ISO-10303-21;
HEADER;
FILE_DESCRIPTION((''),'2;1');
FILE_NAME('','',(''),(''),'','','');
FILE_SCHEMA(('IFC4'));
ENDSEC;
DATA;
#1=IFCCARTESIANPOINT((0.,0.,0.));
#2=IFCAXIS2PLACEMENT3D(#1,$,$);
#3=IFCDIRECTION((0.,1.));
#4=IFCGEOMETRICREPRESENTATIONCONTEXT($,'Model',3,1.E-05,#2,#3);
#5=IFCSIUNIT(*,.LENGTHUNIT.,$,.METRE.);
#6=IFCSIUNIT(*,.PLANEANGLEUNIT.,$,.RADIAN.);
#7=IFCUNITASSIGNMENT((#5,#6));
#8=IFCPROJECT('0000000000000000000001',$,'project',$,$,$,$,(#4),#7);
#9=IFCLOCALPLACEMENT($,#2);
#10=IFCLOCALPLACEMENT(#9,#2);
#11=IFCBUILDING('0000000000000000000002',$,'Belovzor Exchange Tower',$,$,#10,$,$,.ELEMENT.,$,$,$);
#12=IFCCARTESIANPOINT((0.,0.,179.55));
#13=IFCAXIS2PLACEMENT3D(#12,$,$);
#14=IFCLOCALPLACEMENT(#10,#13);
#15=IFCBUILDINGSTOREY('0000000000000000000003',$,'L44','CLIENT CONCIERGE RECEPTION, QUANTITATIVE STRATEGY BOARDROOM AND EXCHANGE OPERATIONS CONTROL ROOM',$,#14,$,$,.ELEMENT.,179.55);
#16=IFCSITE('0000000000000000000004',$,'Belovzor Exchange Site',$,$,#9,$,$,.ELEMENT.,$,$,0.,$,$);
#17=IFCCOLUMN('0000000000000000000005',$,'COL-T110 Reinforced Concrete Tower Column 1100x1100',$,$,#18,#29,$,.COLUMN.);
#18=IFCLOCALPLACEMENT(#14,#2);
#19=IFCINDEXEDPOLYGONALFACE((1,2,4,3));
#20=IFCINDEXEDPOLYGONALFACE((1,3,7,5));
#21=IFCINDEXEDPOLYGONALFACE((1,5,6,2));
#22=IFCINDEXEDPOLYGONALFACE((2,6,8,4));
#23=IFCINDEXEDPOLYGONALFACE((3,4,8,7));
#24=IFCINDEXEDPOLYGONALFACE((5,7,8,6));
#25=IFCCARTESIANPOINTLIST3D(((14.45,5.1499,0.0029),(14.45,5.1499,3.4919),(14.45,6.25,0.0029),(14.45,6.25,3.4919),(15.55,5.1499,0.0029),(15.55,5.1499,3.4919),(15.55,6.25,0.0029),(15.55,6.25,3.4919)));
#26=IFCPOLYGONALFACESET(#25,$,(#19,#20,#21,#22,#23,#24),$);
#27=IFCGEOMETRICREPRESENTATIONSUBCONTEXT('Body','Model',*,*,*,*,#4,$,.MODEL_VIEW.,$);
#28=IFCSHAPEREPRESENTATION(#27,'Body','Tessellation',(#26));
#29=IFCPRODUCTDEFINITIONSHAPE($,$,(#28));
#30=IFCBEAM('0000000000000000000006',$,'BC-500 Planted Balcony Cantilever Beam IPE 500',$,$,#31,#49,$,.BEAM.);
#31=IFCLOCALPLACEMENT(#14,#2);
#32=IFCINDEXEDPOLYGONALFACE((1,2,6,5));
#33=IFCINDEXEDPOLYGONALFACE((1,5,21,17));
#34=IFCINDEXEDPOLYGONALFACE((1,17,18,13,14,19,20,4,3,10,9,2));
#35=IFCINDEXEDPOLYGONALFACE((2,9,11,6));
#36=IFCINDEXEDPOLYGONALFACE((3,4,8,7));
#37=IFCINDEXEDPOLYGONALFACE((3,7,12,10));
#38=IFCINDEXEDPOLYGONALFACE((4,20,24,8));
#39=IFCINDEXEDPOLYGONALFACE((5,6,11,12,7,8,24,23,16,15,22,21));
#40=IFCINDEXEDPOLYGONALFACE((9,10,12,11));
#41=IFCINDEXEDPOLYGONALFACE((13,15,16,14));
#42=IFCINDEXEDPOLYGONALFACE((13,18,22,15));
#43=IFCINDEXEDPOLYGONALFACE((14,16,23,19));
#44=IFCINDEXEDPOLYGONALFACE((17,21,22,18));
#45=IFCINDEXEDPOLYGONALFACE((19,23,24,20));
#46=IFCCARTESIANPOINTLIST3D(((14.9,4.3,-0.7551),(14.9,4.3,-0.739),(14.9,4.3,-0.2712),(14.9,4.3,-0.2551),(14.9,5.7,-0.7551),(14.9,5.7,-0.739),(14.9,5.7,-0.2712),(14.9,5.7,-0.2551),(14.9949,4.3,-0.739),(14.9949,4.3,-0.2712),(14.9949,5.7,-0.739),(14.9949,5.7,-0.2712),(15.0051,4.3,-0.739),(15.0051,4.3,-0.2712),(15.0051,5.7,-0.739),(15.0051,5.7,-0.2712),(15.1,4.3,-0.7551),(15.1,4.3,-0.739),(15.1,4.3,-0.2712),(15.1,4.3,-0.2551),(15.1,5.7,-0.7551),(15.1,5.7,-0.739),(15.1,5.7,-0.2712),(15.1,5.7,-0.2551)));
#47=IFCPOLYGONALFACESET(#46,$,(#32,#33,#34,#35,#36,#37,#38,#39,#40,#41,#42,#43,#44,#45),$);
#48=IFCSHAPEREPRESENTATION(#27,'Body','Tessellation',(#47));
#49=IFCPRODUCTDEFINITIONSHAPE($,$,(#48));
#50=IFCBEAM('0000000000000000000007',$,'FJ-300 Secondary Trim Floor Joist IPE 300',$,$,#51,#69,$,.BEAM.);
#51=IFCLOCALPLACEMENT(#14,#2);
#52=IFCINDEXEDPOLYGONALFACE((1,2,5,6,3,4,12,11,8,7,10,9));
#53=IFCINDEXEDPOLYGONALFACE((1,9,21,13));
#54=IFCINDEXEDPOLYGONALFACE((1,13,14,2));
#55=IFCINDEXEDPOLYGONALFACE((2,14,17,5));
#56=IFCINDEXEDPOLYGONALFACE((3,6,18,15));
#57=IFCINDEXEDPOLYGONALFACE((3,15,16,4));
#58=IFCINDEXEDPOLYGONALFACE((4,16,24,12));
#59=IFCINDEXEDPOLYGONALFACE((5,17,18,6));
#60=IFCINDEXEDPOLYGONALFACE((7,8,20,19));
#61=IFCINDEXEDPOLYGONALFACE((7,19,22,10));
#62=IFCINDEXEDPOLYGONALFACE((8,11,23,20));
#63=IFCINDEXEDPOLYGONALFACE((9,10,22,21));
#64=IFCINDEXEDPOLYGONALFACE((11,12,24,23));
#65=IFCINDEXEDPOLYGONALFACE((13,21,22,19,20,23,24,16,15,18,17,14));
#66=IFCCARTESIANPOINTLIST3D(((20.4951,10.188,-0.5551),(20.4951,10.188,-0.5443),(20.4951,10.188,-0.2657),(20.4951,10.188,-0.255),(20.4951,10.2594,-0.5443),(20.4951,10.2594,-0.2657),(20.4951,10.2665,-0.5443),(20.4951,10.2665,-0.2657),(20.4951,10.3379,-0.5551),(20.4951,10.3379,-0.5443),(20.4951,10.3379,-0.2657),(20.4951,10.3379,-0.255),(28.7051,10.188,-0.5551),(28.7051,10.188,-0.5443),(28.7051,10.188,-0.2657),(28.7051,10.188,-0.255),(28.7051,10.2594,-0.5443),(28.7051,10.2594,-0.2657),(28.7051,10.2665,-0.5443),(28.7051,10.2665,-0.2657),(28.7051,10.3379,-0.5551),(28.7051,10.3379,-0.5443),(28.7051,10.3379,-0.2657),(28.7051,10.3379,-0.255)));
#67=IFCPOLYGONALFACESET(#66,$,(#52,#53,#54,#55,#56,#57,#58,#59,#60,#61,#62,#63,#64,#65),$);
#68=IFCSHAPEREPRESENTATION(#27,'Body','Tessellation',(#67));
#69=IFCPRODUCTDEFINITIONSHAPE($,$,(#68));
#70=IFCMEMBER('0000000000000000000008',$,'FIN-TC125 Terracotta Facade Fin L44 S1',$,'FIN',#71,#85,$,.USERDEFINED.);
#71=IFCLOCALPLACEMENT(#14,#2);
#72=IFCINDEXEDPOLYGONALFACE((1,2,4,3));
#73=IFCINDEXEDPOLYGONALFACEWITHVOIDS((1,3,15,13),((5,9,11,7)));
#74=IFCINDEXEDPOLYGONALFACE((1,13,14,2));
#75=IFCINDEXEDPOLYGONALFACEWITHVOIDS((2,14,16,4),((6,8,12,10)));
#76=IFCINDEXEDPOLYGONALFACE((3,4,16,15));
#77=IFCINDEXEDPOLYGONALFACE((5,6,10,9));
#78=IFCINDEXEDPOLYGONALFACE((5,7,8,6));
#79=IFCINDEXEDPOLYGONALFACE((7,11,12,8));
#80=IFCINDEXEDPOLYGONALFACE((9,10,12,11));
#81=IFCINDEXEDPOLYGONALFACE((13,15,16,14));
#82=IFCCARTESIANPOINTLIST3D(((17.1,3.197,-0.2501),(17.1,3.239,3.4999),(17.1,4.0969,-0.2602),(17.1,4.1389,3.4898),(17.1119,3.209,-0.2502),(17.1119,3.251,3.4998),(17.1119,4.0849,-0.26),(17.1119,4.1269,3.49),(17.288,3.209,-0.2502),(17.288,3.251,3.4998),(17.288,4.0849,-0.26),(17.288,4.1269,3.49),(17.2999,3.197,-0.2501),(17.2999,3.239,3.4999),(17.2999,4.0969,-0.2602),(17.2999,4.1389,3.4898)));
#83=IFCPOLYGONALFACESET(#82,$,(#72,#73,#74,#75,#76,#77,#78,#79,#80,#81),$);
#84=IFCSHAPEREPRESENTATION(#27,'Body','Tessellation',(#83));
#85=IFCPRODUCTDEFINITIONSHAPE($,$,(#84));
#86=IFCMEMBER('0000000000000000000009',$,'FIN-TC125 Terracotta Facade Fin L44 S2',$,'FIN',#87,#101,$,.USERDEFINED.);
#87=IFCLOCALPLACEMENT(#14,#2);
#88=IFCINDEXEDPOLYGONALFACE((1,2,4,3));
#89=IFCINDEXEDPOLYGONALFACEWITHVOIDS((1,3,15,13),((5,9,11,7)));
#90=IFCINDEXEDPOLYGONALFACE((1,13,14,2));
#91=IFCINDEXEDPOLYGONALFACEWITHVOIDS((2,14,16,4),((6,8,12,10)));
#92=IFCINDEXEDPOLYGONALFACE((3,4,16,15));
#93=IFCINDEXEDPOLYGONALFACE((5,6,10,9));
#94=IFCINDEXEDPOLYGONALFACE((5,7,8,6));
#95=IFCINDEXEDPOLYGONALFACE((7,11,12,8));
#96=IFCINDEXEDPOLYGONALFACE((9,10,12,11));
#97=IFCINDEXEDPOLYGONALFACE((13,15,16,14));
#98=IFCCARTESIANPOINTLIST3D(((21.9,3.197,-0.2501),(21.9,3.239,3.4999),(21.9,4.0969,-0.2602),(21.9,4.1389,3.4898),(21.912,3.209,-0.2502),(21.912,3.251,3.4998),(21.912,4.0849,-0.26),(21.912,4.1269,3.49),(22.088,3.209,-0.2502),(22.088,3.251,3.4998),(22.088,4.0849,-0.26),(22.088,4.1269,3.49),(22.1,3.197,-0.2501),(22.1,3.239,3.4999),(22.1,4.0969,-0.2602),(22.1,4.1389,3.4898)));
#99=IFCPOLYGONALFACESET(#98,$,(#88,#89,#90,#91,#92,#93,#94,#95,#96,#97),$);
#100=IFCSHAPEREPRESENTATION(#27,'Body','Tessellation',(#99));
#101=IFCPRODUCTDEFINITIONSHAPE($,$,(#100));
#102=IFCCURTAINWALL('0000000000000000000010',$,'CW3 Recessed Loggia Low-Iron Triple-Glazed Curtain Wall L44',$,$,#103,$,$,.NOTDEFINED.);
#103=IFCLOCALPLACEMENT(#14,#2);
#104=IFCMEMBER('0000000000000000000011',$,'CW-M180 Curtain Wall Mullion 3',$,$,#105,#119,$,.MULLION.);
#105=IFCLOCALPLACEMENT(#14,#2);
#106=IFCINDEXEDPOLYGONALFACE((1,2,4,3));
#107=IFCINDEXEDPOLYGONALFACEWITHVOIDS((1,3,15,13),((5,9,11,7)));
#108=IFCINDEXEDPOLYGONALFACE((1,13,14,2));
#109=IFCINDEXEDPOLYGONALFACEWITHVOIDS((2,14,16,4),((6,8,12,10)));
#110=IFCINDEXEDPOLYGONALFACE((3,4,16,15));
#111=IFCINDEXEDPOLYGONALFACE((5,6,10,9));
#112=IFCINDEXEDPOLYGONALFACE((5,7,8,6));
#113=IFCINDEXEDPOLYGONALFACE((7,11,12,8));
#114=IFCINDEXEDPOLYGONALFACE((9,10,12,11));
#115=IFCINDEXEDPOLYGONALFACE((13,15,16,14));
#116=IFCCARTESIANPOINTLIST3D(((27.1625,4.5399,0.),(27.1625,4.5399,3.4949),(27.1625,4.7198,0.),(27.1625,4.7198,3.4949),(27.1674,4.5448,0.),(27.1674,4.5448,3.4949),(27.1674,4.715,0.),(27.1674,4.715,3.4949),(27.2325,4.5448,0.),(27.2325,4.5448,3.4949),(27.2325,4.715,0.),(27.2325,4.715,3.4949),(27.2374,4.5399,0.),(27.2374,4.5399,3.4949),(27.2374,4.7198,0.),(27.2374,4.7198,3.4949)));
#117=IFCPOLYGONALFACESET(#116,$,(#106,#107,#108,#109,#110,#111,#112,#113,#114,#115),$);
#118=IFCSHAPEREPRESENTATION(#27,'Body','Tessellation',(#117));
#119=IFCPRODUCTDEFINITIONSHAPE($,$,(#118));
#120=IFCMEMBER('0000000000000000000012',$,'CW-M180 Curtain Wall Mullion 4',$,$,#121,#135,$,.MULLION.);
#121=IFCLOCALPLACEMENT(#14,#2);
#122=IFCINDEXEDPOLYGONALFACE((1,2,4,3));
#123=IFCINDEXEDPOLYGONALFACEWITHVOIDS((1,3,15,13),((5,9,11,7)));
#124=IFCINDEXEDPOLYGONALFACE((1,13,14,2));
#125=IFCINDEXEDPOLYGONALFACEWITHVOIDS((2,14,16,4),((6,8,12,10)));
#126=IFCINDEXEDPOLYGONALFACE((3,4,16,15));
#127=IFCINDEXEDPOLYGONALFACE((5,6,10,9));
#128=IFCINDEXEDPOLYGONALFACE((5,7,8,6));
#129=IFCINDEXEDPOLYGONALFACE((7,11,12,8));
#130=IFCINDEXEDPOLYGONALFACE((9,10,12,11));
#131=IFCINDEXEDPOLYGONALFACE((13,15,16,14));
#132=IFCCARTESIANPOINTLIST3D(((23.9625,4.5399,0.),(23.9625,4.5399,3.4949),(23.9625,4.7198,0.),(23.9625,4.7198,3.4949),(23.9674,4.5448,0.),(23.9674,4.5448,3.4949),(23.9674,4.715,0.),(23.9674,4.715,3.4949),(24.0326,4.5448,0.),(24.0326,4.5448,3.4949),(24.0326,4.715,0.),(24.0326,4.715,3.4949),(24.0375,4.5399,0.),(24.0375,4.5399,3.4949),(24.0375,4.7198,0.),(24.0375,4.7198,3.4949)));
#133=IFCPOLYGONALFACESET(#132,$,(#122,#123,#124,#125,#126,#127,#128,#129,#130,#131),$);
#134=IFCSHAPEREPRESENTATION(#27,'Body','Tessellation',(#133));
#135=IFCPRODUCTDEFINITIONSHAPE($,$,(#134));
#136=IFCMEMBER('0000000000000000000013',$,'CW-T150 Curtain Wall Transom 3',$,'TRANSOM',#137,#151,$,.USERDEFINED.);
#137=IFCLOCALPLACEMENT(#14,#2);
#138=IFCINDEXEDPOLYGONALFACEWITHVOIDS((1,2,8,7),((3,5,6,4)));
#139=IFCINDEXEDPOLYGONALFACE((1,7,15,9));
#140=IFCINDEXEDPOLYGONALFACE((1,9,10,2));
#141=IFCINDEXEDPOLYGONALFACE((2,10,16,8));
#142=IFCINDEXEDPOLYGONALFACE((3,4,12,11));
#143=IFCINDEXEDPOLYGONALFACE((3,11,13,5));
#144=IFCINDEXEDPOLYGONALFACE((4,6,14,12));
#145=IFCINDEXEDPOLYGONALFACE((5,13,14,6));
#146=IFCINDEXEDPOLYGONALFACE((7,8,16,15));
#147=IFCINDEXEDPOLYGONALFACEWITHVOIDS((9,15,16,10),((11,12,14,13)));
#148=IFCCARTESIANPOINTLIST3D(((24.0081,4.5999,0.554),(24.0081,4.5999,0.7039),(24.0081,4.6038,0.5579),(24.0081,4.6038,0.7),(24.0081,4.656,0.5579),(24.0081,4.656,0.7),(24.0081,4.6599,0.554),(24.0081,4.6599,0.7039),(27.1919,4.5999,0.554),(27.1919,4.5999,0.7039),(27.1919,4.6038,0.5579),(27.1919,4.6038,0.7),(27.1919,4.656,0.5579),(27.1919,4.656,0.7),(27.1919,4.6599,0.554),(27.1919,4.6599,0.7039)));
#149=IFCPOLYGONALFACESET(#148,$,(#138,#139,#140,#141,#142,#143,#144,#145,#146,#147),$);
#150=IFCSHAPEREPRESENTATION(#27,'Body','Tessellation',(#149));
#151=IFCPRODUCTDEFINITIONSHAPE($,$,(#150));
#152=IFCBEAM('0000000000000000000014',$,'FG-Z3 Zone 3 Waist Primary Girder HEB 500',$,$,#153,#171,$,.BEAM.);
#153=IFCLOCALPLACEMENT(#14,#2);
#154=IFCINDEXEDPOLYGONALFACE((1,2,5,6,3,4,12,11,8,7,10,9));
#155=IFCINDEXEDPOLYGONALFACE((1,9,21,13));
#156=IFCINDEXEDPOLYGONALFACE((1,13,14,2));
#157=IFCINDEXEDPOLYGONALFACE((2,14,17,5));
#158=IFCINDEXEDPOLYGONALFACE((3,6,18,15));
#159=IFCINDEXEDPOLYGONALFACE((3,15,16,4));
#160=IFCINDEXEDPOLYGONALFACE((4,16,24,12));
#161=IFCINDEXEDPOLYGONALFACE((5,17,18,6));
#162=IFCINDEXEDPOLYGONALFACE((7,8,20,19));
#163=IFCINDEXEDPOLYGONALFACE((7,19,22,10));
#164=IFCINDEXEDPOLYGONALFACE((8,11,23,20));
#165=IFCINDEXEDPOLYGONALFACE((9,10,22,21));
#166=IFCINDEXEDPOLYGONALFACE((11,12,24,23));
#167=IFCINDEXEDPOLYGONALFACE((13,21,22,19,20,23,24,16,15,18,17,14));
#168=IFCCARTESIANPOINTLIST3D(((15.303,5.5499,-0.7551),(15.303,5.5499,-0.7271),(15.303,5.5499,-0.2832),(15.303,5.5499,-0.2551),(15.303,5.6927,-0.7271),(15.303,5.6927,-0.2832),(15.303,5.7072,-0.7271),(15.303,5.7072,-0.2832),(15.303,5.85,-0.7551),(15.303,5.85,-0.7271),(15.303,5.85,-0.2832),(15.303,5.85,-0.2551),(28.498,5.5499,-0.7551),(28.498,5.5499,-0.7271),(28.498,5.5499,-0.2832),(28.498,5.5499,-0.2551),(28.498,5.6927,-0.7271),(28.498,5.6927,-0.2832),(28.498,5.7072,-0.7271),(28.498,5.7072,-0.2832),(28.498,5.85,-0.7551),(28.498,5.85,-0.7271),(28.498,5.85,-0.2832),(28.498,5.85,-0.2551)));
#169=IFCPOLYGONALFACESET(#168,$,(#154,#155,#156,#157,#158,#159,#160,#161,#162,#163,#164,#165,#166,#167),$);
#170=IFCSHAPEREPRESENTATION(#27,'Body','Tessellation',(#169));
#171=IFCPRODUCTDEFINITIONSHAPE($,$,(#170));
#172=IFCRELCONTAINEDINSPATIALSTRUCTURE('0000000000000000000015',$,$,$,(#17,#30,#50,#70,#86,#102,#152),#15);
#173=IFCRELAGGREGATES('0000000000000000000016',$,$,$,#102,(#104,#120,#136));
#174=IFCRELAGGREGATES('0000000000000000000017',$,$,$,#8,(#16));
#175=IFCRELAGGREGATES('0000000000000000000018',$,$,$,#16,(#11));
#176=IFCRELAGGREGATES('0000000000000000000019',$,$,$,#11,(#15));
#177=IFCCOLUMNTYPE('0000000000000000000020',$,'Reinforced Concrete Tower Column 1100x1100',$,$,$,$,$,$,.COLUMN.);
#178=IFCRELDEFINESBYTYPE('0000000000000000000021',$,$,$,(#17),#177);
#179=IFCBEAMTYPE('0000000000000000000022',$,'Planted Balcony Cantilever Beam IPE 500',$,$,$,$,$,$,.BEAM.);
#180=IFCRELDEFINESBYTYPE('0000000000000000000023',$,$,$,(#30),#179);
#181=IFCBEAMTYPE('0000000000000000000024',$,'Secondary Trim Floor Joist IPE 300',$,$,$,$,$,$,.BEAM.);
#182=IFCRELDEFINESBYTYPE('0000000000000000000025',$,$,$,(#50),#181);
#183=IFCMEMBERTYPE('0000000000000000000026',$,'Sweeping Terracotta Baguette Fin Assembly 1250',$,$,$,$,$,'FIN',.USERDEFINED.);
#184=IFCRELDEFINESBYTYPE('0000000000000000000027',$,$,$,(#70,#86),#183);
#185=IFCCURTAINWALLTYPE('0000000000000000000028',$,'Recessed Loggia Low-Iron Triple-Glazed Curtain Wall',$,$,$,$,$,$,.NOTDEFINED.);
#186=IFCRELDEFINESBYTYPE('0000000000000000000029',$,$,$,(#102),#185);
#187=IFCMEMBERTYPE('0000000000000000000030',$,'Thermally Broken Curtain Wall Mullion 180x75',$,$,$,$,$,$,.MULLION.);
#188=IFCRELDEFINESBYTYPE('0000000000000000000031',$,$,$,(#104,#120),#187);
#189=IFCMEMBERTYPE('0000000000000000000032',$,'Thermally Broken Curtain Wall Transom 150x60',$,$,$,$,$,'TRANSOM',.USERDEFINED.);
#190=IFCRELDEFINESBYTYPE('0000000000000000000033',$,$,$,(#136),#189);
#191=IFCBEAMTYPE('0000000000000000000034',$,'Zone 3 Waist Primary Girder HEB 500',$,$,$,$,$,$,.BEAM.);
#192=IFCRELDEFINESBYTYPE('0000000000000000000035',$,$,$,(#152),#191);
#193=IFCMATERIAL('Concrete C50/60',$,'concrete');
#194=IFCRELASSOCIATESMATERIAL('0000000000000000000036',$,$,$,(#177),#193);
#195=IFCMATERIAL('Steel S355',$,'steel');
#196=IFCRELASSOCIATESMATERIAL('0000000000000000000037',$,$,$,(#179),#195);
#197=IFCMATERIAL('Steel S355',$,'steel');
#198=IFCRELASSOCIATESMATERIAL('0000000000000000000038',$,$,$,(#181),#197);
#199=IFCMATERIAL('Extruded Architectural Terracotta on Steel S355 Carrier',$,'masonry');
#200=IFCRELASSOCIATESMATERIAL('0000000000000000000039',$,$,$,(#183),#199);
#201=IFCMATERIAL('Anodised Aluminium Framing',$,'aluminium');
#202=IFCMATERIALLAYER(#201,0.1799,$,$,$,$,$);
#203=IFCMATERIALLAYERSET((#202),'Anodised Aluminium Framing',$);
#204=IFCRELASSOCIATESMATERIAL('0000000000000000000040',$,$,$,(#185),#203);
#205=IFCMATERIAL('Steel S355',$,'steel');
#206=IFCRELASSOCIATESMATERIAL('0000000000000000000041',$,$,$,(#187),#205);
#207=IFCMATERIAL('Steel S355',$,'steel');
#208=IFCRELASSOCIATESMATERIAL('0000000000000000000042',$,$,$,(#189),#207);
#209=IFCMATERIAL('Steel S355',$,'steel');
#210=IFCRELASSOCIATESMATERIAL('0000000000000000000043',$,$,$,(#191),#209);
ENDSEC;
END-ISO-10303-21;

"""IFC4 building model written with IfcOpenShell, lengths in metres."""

from ifc_helpers import new_model, si_unit, direction, frame, origin, origin_2d, place, context, subcontext, project, spatial, rectangle, hollow_rectangle, i_section, extrude, material, layer, layer_set, material_profile, profile_set, type_object, element, aggregate, save


model = new_model("IFC4")

# Units and contexts
model_context = context("Model", 3, precision=1e-05, world=origin(), true_north=direction((0.0, 1.0)))
body_context = subcontext(model_context, "Body", "Model", "MODEL_VIEW")
ifc_project = project(units=[si_unit("LENGTHUNIT", "METRE"), si_unit("PLANEANGLEUNIT", "RADIAN")], contexts=[model_context])

# Site, building, storey
site_placement = place(None, origin())
site = spatial("IfcSite", under=ifc_project, at=site_placement, Name="Belovzor Exchange Site", CompositionType="ELEMENT", RefElevation=0.0)
building_placement = place(site_placement, origin())
building = spatial("IfcBuilding", under=site, at=building_placement, Name="Belovzor Exchange Tower", CompositionType="ELEMENT")
storey_placement = place(building_placement, frame((0.0, 0.0, 179.55)))
storey = spatial("IfcBuildingStorey", under=building, at=storey_placement, Name="L44", Description="CLIENT CONCIERGE RECEPTION, QUANTITATIVE STRATEGY BOARDROOM AND EXCHANGE OPERATIONS CONTROL ROOM", CompositionType="ELEMENT", Elevation=179.55)

# Column
ifc_material_1 = material(Name="Concrete C50/60", Category="concrete")
ifc_material_profile_1 = material_profile(ifc_material_1, rectangle(XDim=1.1001, YDim=1.1001, at=origin_2d()))
ifc_profile_set_1 = profile_set([ifc_material_profile_1], Name="Concrete C50/60")
column_type = type_object("IfcColumnType", Name="Reinforced Concrete Tower Column 1100x1100", PredefinedType="COLUMN", material=ifc_profile_set_1)
column_placement = place(storey_placement, frame((15.0, 5.7, 0.0029), z_axis=(0.0, 0.0, 1.0), x_axis=(1.0, 0.0, 0.0)))
element("IfcColumn", 1, at=column_placement, inside=storey, type_object=column_type, Name="COL-T110 Reinforced Concrete Tower Column 1100x1100", PredefinedType="COLUMN", context=body_context, shape_type="SweptSolid", body=[
    extrude(rectangle(XDim=1.1001, YDim=1.1001, at=origin_2d()), origin(), (0.0, 0.0, 1.0), 3.489),
])

# Beams
ifc_material_2 = material(Name="Steel S355", Category="steel")
ifc_material_profile_2 = material_profile(ifc_material_2, i_section(OverallWidth=0.2, OverallDepth=0.5, WebThickness=0.0103, FlangeThickness=0.0161, at=origin_2d()))
ifc_profile_set_2 = profile_set([ifc_material_profile_2], Name="Steel S355")
beam_type_1 = type_object("IfcBeamType", Name="Planted Balcony Cantilever Beam IPE 500", PredefinedType="BEAM", material=ifc_profile_set_2)
beam_1_placement = place(storey_placement, frame((15.0, 5.7, -0.5051), z_axis=(0.0, -1.0, 0.0), x_axis=(1.0, 0.0, 0.0)))
element("IfcBeam", 2, at=beam_1_placement, inside=storey, type_object=beam_type_1, Name="BC-500 Planted Balcony Cantilever Beam IPE 500", PredefinedType="BEAM", context=body_context, shape_type="SweptSolid", body=[
    extrude(i_section(OverallWidth=0.2, OverallDepth=0.5, WebThickness=0.0103, FlangeThickness=0.0161, at=origin_2d()), origin(), (0.0, 0.0, 1.0), 1.3999),
])
ifc_material_3 = material(Name="Steel S355", Category="steel")
ifc_material_profile_3 = material_profile(ifc_material_3, i_section(OverallWidth=0.1499, OverallDepth=0.3, WebThickness=0.0071, FlangeThickness=0.0107, at=origin_2d()))
ifc_profile_set_3 = profile_set([ifc_material_profile_3], Name="Steel S355")
beam_type_2 = type_object("IfcBeamType", Name="Secondary Trim Floor Joist IPE 300", PredefinedType="BEAM", material=ifc_profile_set_3)
beam_2_placement = place(storey_placement, frame((20.4951, 10.2629, -0.405), z_axis=(1.0, 0.0, 0.0), x_axis=(0.0, 1.0, 0.0)))
element("IfcBeam", 3, at=beam_2_placement, inside=storey, type_object=beam_type_2, Name="FJ-300 Secondary Trim Floor Joist IPE 300", PredefinedType="BEAM", context=body_context, shape_type="SweptSolid", body=[
    extrude(i_section(OverallWidth=0.1499, OverallDepth=0.3, WebThickness=0.0071, FlangeThickness=0.0107, at=origin_2d()), origin(), (0.0, 0.0, 1.0), 8.21),
])

# Members
ifc_material_4 = material(Name="Extruded Architectural Terracotta on Steel S355 Carrier", Category="masonry")
ifc_material_profile_4 = material_profile(ifc_material_4, hollow_rectangle(XDim=0.2, YDim=0.8999, WallThickness=0.012, at=origin_2d()))
ifc_profile_set_4 = profile_set([ifc_material_profile_4], Name="Extruded Architectural Terracotta on Steel S355 Carrier")
member_type_1 = type_object("IfcMemberType", Name="Sweeping Terracotta Baguette Fin Assembly 1250", ElementType="FIN", PredefinedType="USERDEFINED", material=ifc_profile_set_4)
for number, where, z_axis, x_axis, name in (
    (4, (17.2, 3.647, -0.2551), (0.0, 0.011197, 0.999937), (-1.0, 0.0, 0.0), "FIN-TC125 Terracotta Facade Fin L44 S1"),
    (5, (22.0, 3.647, -0.2551), (0.0, 0.011197, 0.999937), (-1.0, 0.0, 0.0), "FIN-TC125 Terracotta Facade Fin L44 S2"),
):
    element("IfcMember", number, at=place(storey_placement, frame(where, z_axis=z_axis, x_axis=x_axis)), inside=storey, type_object=member_type_1, Name=name, ObjectType="FIN", PredefinedType="USERDEFINED", context=body_context, shape_type="SweptSolid", body=[
        extrude(hollow_rectangle(XDim=0.2, YDim=0.8999, WallThickness=0.012, at=origin_2d()), origin(), (0.0, 0.0, 1.0), 3.7502),
    ])

# Curtain wall, members
ifc_material_5 = material(Name="Anodised Aluminium Framing", Category="aluminium")
ifc_layer_1 = layer(ifc_material_5, 0.1799)
ifc_layer_set_1 = layer_set([ifc_layer_1], Name="Anodised Aluminium Framing")
curtain_wall_type = type_object("IfcCurtainWallType", Name="Recessed Loggia Low-Iron Triple-Glazed Curtain Wall", PredefinedType="NOTDEFINED", material=ifc_layer_set_1)
curtain_wall_placement = place(storey_placement, origin())
curtain_wall = element("IfcCurtainWall", 6, at=curtain_wall_placement, inside=storey, type_object=curtain_wall_type, Name="CW3 Recessed Loggia Low-Iron Triple-Glazed Curtain Wall L44", PredefinedType="NOTDEFINED")
ifc_material_6 = material(Name="Steel S355", Category="steel")
ifc_material_profile_5 = material_profile(ifc_material_6, hollow_rectangle(XDim=0.075, YDim=0.1799, WallThickness=0.0049, at=origin_2d()))
ifc_profile_set_5 = profile_set([ifc_material_profile_5], Name="Steel S355")
member_type_2 = type_object("IfcMemberType", Name="Thermally Broken Curtain Wall Mullion 180x75", PredefinedType="MULLION", material=ifc_profile_set_5)
member_1_placement = place(storey_placement, frame((27.2, 4.6299, 0.0), z_axis=(0.0, 0.0, 1.0), x_axis=(-1.0, 0.0, 0.0)))
member_1 = element("IfcMember", 7, at=member_1_placement, type_object=member_type_2, Name="CW-M180 Curtain Wall Mullion 3", PredefinedType="MULLION", context=body_context, shape_type="SweptSolid", body=[
    extrude(hollow_rectangle(XDim=0.075, YDim=0.1799, WallThickness=0.0049, at=origin_2d()), origin(), (0.0, 0.0, 1.0), 3.4949),
])
member_2_placement = place(storey_placement, frame((24.0, 4.6299, 0.0), z_axis=(0.0, 0.0, 1.0), x_axis=(-1.0, 0.0, 0.0)))
member_2 = element("IfcMember", 8, at=member_2_placement, type_object=member_type_2, Name="CW-M180 Curtain Wall Mullion 4", PredefinedType="MULLION", context=body_context, shape_type="SweptSolid", body=[
    extrude(hollow_rectangle(XDim=0.075, YDim=0.1799, WallThickness=0.0049, at=origin_2d()), origin(), (0.0, 0.0, 1.0), 3.4949),
])
ifc_material_7 = material(Name="Steel S355", Category="steel")
ifc_material_profile_6 = material_profile(ifc_material_7, hollow_rectangle(XDim=0.0601, YDim=0.1499, WallThickness=0.0039, at=origin_2d()))
ifc_profile_set_6 = profile_set([ifc_material_profile_6], Name="Steel S355")
member_type_3 = type_object("IfcMemberType", Name="Thermally Broken Curtain Wall Transom 150x60", ElementType="TRANSOM", PredefinedType="USERDEFINED", material=ifc_profile_set_6)
member_3_placement = place(storey_placement, frame((27.1919, 4.6299, 0.6289), z_axis=(-1.0, 0.0, 0.0), x_axis=(0.0, -1.0, 0.0)))
member_3 = element("IfcMember", 9, at=member_3_placement, type_object=member_type_3, Name="CW-T150 Curtain Wall Transom 3", ObjectType="TRANSOM", PredefinedType="USERDEFINED", context=body_context, shape_type="SweptSolid", body=[
    extrude(hollow_rectangle(XDim=0.0601, YDim=0.1499, WallThickness=0.0039, at=origin_2d()), origin(), (0.0, 0.0, 1.0), 3.1838),
])

# Beam
ifc_material_8 = material(Name="Steel S355", Category="steel")
ifc_material_profile_7 = material_profile(ifc_material_8, i_section(OverallWidth=0.3, OverallDepth=0.5, WebThickness=0.0144, FlangeThickness=0.0281, at=origin_2d()))
ifc_profile_set_7 = profile_set([ifc_material_profile_7], Name="Steel S355")
beam_type_3 = type_object("IfcBeamType", Name="Zone 3 Waist Primary Girder HEB 500", PredefinedType="BEAM", material=ifc_profile_set_7)
beam_3_placement = place(storey_placement, frame((15.303, 5.7, -0.5051), z_axis=(1.0, 0.0, 0.0), x_axis=(0.0, 1.0, 0.0)))
element("IfcBeam", 10, at=beam_3_placement, inside=storey, type_object=beam_type_3, Name="FG-Z3 Zone 3 Waist Primary Girder HEB 500", PredefinedType="BEAM", context=body_context, shape_type="SweptSolid", body=[
    extrude(i_section(OverallWidth=0.3, OverallDepth=0.5, WebThickness=0.0144, FlangeThickness=0.0281, at=origin_2d()), origin(), (0.0, 0.0, 1.0), 13.1951),
])

aggregate(curtain_wall, [member_1, member_2, member_3])

save(model, "model.ifc")
